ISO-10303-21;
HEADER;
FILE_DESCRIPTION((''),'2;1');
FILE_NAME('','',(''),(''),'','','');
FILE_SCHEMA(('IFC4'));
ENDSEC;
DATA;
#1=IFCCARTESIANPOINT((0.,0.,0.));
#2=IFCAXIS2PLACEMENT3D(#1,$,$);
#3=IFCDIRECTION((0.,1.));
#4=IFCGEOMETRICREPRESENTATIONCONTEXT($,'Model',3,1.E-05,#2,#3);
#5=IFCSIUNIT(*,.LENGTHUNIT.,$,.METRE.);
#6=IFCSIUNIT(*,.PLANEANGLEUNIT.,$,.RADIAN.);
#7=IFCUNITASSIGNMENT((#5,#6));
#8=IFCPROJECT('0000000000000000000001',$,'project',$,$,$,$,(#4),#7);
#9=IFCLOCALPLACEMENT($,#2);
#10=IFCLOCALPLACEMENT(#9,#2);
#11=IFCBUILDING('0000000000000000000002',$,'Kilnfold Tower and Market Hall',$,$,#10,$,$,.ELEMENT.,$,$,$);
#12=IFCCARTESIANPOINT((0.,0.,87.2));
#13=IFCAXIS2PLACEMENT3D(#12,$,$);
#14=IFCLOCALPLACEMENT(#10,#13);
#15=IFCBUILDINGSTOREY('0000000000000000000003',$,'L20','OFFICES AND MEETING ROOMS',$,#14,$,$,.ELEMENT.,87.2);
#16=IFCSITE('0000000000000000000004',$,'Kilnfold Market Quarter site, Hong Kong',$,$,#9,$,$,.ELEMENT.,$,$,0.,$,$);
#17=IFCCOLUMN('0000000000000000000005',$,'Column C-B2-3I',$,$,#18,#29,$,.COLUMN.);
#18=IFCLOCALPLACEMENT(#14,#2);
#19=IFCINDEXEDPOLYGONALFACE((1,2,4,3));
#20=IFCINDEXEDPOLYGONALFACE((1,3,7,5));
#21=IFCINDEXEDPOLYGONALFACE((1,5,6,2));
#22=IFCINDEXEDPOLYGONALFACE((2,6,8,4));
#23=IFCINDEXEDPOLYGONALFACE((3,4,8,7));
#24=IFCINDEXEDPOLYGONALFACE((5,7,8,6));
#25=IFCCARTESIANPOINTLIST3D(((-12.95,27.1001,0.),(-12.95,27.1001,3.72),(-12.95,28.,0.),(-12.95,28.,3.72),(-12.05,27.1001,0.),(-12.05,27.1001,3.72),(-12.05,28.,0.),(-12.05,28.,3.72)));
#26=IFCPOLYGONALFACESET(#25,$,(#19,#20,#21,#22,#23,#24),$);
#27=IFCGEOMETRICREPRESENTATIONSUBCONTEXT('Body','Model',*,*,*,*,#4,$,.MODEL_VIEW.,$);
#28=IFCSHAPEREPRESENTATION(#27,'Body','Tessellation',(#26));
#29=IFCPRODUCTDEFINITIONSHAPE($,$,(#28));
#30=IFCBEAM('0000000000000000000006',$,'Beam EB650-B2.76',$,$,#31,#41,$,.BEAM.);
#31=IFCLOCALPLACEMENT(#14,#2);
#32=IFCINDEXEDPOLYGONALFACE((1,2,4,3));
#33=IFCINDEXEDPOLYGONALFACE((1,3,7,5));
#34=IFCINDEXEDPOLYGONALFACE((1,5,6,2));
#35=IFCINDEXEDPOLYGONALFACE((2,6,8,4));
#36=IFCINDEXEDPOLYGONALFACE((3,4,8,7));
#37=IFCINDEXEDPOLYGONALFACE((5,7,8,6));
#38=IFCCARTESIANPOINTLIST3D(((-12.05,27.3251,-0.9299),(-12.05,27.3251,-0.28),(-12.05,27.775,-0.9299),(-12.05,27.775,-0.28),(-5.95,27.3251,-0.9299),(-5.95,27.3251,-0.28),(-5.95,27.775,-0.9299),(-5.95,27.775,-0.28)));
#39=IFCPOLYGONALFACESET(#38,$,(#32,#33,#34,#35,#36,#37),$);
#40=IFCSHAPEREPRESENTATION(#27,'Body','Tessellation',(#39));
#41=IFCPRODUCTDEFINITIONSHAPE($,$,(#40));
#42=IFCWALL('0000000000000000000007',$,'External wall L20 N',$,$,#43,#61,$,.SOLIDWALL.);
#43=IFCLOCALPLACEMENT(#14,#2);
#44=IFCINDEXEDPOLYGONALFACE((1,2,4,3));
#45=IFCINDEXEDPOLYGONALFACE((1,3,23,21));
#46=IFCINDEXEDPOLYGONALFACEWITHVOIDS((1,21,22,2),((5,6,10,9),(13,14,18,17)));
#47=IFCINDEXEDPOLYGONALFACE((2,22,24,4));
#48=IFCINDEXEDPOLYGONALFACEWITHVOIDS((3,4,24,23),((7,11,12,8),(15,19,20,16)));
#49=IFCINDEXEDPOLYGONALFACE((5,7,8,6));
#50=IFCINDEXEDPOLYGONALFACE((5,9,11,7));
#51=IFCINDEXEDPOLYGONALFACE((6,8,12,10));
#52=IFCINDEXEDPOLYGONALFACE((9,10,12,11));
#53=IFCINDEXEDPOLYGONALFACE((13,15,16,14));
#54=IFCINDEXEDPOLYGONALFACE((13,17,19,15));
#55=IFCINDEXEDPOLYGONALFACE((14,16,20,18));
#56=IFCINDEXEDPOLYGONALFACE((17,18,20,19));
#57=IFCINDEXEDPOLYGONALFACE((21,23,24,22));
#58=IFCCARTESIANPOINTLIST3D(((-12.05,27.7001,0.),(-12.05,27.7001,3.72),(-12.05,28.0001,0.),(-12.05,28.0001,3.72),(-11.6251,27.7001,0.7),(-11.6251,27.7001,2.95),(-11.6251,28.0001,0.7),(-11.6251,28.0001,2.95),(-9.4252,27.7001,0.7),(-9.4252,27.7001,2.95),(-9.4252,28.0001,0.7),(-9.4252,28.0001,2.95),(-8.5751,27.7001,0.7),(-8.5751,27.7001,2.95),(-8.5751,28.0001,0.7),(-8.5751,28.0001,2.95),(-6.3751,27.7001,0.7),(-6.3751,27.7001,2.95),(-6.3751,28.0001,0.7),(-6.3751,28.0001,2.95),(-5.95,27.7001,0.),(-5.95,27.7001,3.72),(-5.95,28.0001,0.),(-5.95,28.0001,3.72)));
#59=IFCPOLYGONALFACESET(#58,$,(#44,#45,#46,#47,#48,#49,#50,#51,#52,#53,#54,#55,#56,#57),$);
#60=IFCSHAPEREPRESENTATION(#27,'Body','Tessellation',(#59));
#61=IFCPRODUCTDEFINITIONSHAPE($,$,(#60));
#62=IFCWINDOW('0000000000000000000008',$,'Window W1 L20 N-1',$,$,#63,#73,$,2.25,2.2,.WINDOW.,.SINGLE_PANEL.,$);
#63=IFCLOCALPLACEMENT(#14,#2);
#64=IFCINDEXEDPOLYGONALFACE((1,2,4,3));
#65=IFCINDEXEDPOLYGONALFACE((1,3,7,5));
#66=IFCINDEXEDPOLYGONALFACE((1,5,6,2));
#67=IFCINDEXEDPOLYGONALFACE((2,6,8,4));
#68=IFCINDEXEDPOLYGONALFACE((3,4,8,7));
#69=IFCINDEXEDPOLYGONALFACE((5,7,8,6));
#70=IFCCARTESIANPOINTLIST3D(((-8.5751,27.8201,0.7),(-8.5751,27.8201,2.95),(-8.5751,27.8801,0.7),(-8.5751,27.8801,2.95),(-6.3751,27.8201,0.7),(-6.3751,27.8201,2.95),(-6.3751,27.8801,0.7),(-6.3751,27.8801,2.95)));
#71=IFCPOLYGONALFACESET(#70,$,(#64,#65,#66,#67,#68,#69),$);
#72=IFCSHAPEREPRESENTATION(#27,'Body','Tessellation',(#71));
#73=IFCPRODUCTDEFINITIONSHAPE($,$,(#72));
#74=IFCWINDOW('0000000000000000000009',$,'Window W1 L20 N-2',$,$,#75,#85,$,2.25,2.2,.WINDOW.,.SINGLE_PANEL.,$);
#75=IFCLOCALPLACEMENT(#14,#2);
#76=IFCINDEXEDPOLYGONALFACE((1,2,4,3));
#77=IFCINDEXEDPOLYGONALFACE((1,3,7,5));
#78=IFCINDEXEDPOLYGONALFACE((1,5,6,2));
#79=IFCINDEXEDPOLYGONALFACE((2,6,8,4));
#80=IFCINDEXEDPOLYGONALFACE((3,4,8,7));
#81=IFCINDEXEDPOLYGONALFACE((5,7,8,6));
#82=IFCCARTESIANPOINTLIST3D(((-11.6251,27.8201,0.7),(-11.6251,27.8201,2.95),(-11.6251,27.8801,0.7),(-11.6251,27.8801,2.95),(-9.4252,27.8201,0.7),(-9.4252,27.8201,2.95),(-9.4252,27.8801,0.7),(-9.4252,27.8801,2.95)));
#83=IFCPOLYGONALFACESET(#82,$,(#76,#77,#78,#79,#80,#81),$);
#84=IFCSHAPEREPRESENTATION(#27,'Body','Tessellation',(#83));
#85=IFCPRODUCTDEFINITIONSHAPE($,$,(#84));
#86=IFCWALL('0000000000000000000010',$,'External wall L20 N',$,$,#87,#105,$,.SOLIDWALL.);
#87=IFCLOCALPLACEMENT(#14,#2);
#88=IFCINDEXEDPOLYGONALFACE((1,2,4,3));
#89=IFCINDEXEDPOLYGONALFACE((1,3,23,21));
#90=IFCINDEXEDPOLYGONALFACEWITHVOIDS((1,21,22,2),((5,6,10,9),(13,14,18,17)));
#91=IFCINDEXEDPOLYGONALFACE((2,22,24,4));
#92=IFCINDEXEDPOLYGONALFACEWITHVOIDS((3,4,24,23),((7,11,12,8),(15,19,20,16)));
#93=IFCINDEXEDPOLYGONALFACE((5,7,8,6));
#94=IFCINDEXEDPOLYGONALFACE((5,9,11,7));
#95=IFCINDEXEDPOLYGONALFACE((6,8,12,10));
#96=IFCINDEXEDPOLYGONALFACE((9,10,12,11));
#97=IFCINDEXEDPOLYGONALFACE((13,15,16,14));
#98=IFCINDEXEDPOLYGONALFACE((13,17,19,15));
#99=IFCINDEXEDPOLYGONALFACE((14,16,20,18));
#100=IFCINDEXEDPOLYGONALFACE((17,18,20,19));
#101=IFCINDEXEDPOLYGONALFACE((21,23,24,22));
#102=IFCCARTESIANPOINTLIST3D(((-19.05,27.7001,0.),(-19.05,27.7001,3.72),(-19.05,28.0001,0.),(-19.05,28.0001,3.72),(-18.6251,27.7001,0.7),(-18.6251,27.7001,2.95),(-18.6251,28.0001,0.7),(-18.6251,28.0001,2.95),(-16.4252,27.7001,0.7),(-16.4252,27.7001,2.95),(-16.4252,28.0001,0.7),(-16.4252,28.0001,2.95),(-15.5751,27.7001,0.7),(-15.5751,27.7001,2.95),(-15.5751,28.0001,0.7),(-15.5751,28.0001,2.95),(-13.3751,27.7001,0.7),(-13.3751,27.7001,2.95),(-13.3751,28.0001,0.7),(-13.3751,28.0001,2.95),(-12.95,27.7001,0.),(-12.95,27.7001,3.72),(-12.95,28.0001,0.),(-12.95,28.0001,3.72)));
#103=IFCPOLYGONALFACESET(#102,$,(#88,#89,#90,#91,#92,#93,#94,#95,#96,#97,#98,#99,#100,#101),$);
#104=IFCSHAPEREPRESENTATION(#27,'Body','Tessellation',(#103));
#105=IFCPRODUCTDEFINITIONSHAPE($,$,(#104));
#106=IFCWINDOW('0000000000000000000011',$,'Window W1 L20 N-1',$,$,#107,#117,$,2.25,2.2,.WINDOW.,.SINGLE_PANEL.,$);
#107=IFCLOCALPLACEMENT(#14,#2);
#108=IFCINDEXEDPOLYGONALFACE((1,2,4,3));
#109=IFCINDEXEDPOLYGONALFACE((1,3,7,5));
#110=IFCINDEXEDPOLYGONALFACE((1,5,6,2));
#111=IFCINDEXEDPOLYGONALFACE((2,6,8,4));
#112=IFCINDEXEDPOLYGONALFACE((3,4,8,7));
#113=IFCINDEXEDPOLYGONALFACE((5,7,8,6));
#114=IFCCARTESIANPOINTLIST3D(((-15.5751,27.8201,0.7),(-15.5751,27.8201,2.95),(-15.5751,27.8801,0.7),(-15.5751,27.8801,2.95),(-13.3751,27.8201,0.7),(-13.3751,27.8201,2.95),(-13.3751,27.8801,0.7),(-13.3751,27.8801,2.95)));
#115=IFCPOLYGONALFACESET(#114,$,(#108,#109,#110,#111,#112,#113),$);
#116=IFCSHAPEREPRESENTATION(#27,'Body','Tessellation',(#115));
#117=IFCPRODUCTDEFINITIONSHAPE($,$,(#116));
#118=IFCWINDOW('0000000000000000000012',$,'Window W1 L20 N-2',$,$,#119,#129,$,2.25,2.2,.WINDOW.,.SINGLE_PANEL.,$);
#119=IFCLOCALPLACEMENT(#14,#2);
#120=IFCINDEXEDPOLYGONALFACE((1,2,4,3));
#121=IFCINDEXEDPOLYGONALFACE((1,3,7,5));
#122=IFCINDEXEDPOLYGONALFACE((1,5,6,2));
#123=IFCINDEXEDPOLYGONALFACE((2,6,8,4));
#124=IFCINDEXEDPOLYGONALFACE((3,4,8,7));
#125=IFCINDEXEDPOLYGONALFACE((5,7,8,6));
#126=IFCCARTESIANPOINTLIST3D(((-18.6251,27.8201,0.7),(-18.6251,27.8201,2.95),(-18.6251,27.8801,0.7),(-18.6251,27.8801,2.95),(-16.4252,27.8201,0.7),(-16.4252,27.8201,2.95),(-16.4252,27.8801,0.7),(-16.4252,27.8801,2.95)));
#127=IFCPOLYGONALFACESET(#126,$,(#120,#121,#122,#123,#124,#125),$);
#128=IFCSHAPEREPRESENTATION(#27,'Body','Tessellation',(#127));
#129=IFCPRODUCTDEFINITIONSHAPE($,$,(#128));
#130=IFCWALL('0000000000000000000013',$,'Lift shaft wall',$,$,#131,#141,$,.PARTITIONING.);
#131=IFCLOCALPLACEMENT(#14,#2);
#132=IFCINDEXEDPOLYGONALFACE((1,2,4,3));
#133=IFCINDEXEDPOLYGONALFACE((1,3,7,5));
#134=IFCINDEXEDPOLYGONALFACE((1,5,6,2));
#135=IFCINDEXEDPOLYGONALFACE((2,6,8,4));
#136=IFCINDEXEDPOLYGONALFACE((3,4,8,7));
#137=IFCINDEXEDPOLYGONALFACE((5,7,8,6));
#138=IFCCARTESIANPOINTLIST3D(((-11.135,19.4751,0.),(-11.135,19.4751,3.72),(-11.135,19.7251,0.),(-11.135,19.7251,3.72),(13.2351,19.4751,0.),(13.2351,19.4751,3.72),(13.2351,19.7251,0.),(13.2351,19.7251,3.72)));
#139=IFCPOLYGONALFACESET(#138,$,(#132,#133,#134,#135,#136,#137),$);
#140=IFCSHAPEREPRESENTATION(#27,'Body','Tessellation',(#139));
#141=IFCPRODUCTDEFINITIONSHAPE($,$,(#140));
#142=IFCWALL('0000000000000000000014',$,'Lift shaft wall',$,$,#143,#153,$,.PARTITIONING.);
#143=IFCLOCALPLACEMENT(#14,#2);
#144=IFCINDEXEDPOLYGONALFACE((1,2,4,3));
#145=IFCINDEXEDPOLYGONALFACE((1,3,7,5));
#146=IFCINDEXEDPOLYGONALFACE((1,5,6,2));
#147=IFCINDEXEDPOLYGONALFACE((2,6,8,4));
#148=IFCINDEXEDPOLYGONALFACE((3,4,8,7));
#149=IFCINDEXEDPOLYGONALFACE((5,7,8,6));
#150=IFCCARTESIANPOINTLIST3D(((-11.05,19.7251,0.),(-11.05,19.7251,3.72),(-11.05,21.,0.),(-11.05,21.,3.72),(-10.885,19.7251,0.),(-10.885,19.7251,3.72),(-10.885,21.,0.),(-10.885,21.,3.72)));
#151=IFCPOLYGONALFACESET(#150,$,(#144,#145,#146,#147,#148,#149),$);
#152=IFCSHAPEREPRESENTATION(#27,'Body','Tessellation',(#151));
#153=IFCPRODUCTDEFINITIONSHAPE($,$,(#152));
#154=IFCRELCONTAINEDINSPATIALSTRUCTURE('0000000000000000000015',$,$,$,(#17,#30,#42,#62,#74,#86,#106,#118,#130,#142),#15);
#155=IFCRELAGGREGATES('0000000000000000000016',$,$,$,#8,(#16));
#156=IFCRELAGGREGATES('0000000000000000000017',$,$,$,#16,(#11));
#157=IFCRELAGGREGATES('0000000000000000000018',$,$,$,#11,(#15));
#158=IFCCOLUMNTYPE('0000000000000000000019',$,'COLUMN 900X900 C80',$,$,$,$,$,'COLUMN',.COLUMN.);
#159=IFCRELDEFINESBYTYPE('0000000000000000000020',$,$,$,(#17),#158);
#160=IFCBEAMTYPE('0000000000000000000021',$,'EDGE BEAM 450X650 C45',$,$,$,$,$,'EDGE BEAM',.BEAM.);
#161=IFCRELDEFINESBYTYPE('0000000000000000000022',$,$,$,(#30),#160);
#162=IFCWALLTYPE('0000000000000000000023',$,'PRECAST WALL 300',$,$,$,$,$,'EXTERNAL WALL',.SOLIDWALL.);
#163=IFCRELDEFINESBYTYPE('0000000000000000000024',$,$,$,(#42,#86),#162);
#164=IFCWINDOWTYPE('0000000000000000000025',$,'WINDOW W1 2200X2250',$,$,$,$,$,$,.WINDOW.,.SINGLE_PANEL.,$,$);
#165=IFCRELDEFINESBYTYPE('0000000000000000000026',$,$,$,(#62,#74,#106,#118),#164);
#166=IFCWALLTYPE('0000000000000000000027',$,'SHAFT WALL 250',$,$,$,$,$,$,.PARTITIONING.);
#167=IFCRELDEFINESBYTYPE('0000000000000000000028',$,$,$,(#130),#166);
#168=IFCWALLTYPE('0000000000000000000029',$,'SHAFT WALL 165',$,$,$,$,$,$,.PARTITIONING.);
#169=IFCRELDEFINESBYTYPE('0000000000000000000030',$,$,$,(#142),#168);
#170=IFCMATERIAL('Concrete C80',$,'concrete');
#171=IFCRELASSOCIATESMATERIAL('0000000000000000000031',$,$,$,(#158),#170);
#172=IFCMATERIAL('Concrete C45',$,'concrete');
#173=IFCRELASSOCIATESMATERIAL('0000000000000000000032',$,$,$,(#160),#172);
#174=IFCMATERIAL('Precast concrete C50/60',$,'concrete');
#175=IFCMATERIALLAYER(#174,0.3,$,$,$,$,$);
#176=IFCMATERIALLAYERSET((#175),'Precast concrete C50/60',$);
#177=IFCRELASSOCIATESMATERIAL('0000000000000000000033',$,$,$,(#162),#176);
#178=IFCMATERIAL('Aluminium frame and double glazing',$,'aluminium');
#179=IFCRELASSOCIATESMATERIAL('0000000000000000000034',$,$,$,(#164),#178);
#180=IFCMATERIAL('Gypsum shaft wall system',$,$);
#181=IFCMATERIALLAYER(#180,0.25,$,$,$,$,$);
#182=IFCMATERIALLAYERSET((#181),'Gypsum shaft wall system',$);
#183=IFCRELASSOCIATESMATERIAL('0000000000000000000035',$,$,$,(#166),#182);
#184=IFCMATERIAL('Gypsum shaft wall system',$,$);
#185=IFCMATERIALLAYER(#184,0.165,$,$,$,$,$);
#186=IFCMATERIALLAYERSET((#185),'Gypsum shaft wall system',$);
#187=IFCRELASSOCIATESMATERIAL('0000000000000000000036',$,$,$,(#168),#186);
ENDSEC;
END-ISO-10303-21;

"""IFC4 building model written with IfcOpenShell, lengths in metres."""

from ifc_helpers import new_model, si_unit, direction, frame, frame_2d, origin, origin_2d, place, context, subcontext, project, spatial, rectangle, extrude, source, transform, mapped, material, layer, layer_set, material_profile, profile_set, type_object, element, fill, save


model = new_model("IFC4")

# Units and contexts
model_context = context("Model", 3, precision=1e-05, world=origin(), true_north=direction((0.0, 1.0)))
body_context = subcontext(model_context, "Body", "Model", "MODEL_VIEW")
ifc_project = project(units=[si_unit("LENGTHUNIT", "METRE"), si_unit("PLANEANGLEUNIT", "RADIAN")], contexts=[model_context])

# Site, building, storey
site_placement = place(None, origin())
site = spatial("IfcSite", under=ifc_project, at=site_placement, Name="Kilnfold Market Quarter site, Hong Kong", CompositionType="ELEMENT", RefElevation=0.0)
building_placement = place(site_placement, origin())
building = spatial("IfcBuilding", under=site, at=building_placement, Name="Kilnfold Tower and Market Hall", CompositionType="ELEMENT")
storey_placement = place(building_placement, frame((0.0, 0.0, 87.2)))
storey = spatial("IfcBuildingStorey", under=building, at=storey_placement, Name="L20", Description="OFFICES AND MEETING ROOMS", CompositionType="ELEMENT", Elevation=87.2)

# Column
ifc_material_1 = material(Name="Concrete C80", Category="concrete")
ifc_material_profile_1 = material_profile(ifc_material_1, rectangle(XDim=0.8999, YDim=0.8999, at=origin_2d()), Name="RC 900x900")
ifc_profile_set_1 = profile_set([ifc_material_profile_1], Name="Concrete C80")
column_type = type_object("IfcColumnType", Name="COLUMN 900X900 C80", ElementType="COLUMN", PredefinedType="COLUMN", material=ifc_profile_set_1)
shared_shape_1 = source(origin(), body_context, "Body", "SweptSolid", [
    extrude(rectangle(XDim=0.8999, YDim=0.8999, at=origin_2d()), origin(), (0.0, 0.0, 1.0), 3.72),
])
column_placement = place(storey_placement, frame((-12.5, 27.55, 0.0), z_axis=(0.0, 0.0, 1.0), x_axis=(1.0, 0.0, 0.0)))
element("IfcColumn", 1, at=column_placement, inside=storey, type_object=column_type, Name="Column C-B2-3I", PredefinedType="COLUMN", context=body_context, shape_type="MappedRepresentation", body=[
    mapped(shared_shape_1, transform((0.0, 0.0, 0.0))),
])

# Beam
ifc_material_2 = material(Name="Concrete C45", Category="concrete")
ifc_material_profile_2 = material_profile(ifc_material_2, rectangle(XDim=0.45, YDim=0.6499, at=origin_2d()), Name="RC 450x650")
ifc_profile_set_2 = profile_set([ifc_material_profile_2], Name="Concrete C45")
beam_type = type_object("IfcBeamType", Name="EDGE BEAM 450X650 C45", ElementType="EDGE BEAM", PredefinedType="BEAM", material=ifc_profile_set_2)
shared_shape_2 = source(origin(), body_context, "Body", "SweptSolid", [
    extrude(rectangle(XDim=0.45, YDim=0.6499, at=origin_2d()), origin(), (0.0, 0.0, 1.0), 6.1001),
])
beam_placement = place(storey_placement, frame((-12.05, 27.55, -0.605), z_axis=(1.0, 0.0, 0.0), x_axis=(0.0, 1.0, 0.0)))
element("IfcBeam", 2, at=beam_placement, inside=storey, type_object=beam_type, Name="Beam EB650-B2.76", PredefinedType="BEAM", context=body_context, shape_type="MappedRepresentation", body=[
    mapped(shared_shape_2, transform((0.0, 0.0, 0.0))),
])

# Walls, openings, windows
ifc_material_3 = material(Name="Precast concrete C50/60", Category="concrete")
ifc_layer_1 = layer(ifc_material_3, 0.3)
ifc_layer_set_1 = layer_set([ifc_layer_1], Name="Precast concrete C50/60")
wall_type_1 = type_object("IfcWallType", Name="PRECAST WALL 300", ElementType="EXTERNAL WALL", PredefinedType="SOLIDWALL", material=ifc_layer_set_1)
shared_shape_3 = source(origin(), body_context, "Body", "SweptSolid", [
    extrude(rectangle(XDim=6.1001, YDim=0.3, at=frame_2d((3.05, 0.0))), origin(), (0.0, 0.0, 1.0), 3.72),
])
wall_1_placement = place(storey_placement, frame((-5.95, 27.8501, 0.0), z_axis=(0.0, 0.0, 1.0), x_axis=(-1.0, 0.0, 0.0)))
wall_1 = element("IfcWall", 3, at=wall_1_placement, inside=storey, type_object=wall_type_1, Name="External wall L20 N", PredefinedType="SOLIDWALL", context=body_context, shape_type="MappedRepresentation", body=[
    mapped(shared_shape_3, transform((0.0, 0.0, 0.0))),
])
opening_1_placement = place(wall_1_placement, frame((0.425, 0.0, 0.7)))
opening_1 = element("IfcOpeningElement", 4, at=opening_1_placement, cuts=wall_1, PredefinedType="OPENING", context=body_context, shape_type="SweptSolid", body=[
    extrude(rectangle(XDim=2.2, YDim=2.25, at=frame_2d((1.1001, 1.125))), frame((0.0, 0.1602, 0.0), z_axis=(0.0, -1.0, 0.0), x_axis=(1.0, 0.0, 0.0)), (0.0, 0.0, 1.0), 0.3201),
])
opening_2_placement = place(wall_1_placement, frame((3.4751, 0.0, 0.7)))
opening_2 = element("IfcOpeningElement", 5, at=opening_2_placement, cuts=wall_1, PredefinedType="OPENING", context=body_context, shape_type="SweptSolid", body=[
    extrude(rectangle(XDim=2.2, YDim=2.25, at=frame_2d((1.1001, 1.125))), frame((0.0, 0.1602, 0.0), z_axis=(0.0, -1.0, 0.0), x_axis=(1.0, 0.0, 0.0)), (0.0, 0.0, 1.0), 0.3201),
])
ifc_material_4 = material(Name="Aluminium frame and double glazing", Category="aluminium")
window_type = type_object("IfcWindowType", Name="WINDOW W1 2200X2250", PartitioningType="SINGLE_PANEL", PredefinedType="WINDOW", material=ifc_material_4)
window_1_placement = place(opening_1_placement, origin())
window_1 = element("IfcWindow", 6, at=window_1_placement, inside=storey, type_object=window_type, Name="Window W1 L20 N-1", OverallHeight=2.25, OverallWidth=2.2, PartitioningType="SINGLE_PANEL", PredefinedType="WINDOW", context=body_context, shape_type="SweptSolid", body=[
    extrude(rectangle(XDim=2.2, YDim=2.25, at=frame_2d((1.1001, 1.125))), frame((0.0, 0.03, 0.0), z_axis=(0.0, -1.0, 0.0), x_axis=(1.0, 0.0, 0.0)), (0.0, 0.0, 1.0), 0.0601),
])
fill(opening_1, window_1)
window_2_placement = place(opening_2_placement, origin())
window_2 = element("IfcWindow", 7, at=window_2_placement, inside=storey, type_object=window_type, Name="Window W1 L20 N-2", OverallHeight=2.25, OverallWidth=2.2, PartitioningType="SINGLE_PANEL", PredefinedType="WINDOW", context=body_context, shape_type="SweptSolid", body=[
    extrude(rectangle(XDim=2.2, YDim=2.25, at=frame_2d((1.1001, 1.125))), frame((0.0, 0.03, 0.0), z_axis=(0.0, -1.0, 0.0), x_axis=(1.0, 0.0, 0.0)), (0.0, 0.0, 1.0), 0.0601),
])
fill(opening_2, window_2)
wall_2_placement = place(storey_placement, frame((-12.95, 27.8501, 0.0), z_axis=(0.0, 0.0, 1.0), x_axis=(-1.0, 0.0, 0.0)))
wall_2 = element("IfcWall", 8, at=wall_2_placement, inside=storey, type_object=wall_type_1, Name="External wall L20 N", PredefinedType="SOLIDWALL", context=body_context, shape_type="MappedRepresentation", body=[
    mapped(shared_shape_3, transform((0.0, 0.0, 0.0))),
])
opening_3_placement = place(wall_2_placement, frame((0.425, 0.0, 0.7)))
opening_3 = element("IfcOpeningElement", 9, at=opening_3_placement, cuts=wall_2, PredefinedType="OPENING", context=body_context, shape_type="SweptSolid", body=[
    extrude(rectangle(XDim=2.2, YDim=2.25, at=frame_2d((1.1001, 1.125))), frame((0.0, 0.1602, 0.0), z_axis=(0.0, -1.0, 0.0), x_axis=(1.0, 0.0, 0.0)), (0.0, 0.0, 1.0), 0.3201),
])
opening_4_placement = place(wall_2_placement, frame((3.4751, 0.0, 0.7)))
opening_4 = element("IfcOpeningElement", 10, at=opening_4_placement, cuts=wall_2, PredefinedType="OPENING", context=body_context, shape_type="SweptSolid", body=[
    extrude(rectangle(XDim=2.2, YDim=2.25, at=frame_2d((1.1001, 1.125))), frame((0.0, 0.1602, 0.0), z_axis=(0.0, -1.0, 0.0), x_axis=(1.0, 0.0, 0.0)), (0.0, 0.0, 1.0), 0.3201),
])
window_3_placement = place(opening_3_placement, origin())
window_3 = element("IfcWindow", 11, at=window_3_placement, inside=storey, type_object=window_type, Name="Window W1 L20 N-1", OverallHeight=2.25, OverallWidth=2.2, PartitioningType="SINGLE_PANEL", PredefinedType="WINDOW", context=body_context, shape_type="SweptSolid", body=[
    extrude(rectangle(XDim=2.2, YDim=2.25, at=frame_2d((1.1001, 1.125))), frame((0.0, 0.03, 0.0), z_axis=(0.0, -1.0, 0.0), x_axis=(1.0, 0.0, 0.0)), (0.0, 0.0, 1.0), 0.0601),
])
fill(opening_3, window_3)
window_4_placement = place(opening_4_placement, origin())
window_4 = element("IfcWindow", 12, at=window_4_placement, inside=storey, type_object=window_type, Name="Window W1 L20 N-2", OverallHeight=2.25, OverallWidth=2.2, PartitioningType="SINGLE_PANEL", PredefinedType="WINDOW", context=body_context, shape_type="SweptSolid", body=[
    extrude(rectangle(XDim=2.2, YDim=2.25, at=frame_2d((1.1001, 1.125))), frame((0.0, 0.03, 0.0), z_axis=(0.0, -1.0, 0.0), x_axis=(1.0, 0.0, 0.0)), (0.0, 0.0, 1.0), 0.0601),
])
fill(opening_4, window_4)

# Walls
ifc_material_5 = material(Name="Gypsum shaft wall system")
ifc_layer_2 = layer(ifc_material_5, 0.25)
ifc_layer_set_2 = layer_set([ifc_layer_2], Name="Gypsum shaft wall system")
wall_type_2 = type_object("IfcWallType", Name="SHAFT WALL 250", PredefinedType="PARTITIONING", material=ifc_layer_set_2)
shared_shape_4 = source(origin(), body_context, "Body", "SweptSolid", [
    extrude(rectangle(XDim=24.3701, YDim=0.25, at=frame_2d((12.1851, 0.0))), origin(), (0.0, 0.0, 1.0), 3.72),
])
wall_3_placement = place(storey_placement, frame((-11.135, 19.6001, 0.0), z_axis=(0.0, 0.0, 1.0), x_axis=(1.0, 0.0, 0.0)))
element("IfcWall", 13, at=wall_3_placement, inside=storey, type_object=wall_type_2, Name="Lift shaft wall", PredefinedType="PARTITIONING", context=body_context, shape_type="MappedRepresentation", body=[
    mapped(shared_shape_4, transform((0.0, 0.0, 0.0))),
])
ifc_material_6 = material(Name="Gypsum shaft wall system")
ifc_layer_3 = layer(ifc_material_6, 0.165)
ifc_layer_set_3 = layer_set([ifc_layer_3], Name="Gypsum shaft wall system")
wall_type_3 = type_object("IfcWallType", Name="SHAFT WALL 165", PredefinedType="PARTITIONING", material=ifc_layer_set_3)
shared_shape_5 = source(origin(), body_context, "Body", "SweptSolid", [
    extrude(rectangle(XDim=1.2749, YDim=0.165, at=frame_2d((0.6375, 0.0))), origin(), (0.0, 0.0, 1.0), 3.72),
])
wall_4_placement = place(storey_placement, frame((-10.9675, 19.7251, 0.0), z_axis=(0.0, 0.0, 1.0), x_axis=(0.0, 1.0, 0.0)))
element("IfcWall", 14, at=wall_4_placement, inside=storey, type_object=wall_type_3, Name="Lift shaft wall", PredefinedType="PARTITIONING", context=body_context, shape_type="MappedRepresentation", body=[
    mapped(shared_shape_5, transform((0.0, 0.0, 0.0))),
])

save(model, "model.ifc")
